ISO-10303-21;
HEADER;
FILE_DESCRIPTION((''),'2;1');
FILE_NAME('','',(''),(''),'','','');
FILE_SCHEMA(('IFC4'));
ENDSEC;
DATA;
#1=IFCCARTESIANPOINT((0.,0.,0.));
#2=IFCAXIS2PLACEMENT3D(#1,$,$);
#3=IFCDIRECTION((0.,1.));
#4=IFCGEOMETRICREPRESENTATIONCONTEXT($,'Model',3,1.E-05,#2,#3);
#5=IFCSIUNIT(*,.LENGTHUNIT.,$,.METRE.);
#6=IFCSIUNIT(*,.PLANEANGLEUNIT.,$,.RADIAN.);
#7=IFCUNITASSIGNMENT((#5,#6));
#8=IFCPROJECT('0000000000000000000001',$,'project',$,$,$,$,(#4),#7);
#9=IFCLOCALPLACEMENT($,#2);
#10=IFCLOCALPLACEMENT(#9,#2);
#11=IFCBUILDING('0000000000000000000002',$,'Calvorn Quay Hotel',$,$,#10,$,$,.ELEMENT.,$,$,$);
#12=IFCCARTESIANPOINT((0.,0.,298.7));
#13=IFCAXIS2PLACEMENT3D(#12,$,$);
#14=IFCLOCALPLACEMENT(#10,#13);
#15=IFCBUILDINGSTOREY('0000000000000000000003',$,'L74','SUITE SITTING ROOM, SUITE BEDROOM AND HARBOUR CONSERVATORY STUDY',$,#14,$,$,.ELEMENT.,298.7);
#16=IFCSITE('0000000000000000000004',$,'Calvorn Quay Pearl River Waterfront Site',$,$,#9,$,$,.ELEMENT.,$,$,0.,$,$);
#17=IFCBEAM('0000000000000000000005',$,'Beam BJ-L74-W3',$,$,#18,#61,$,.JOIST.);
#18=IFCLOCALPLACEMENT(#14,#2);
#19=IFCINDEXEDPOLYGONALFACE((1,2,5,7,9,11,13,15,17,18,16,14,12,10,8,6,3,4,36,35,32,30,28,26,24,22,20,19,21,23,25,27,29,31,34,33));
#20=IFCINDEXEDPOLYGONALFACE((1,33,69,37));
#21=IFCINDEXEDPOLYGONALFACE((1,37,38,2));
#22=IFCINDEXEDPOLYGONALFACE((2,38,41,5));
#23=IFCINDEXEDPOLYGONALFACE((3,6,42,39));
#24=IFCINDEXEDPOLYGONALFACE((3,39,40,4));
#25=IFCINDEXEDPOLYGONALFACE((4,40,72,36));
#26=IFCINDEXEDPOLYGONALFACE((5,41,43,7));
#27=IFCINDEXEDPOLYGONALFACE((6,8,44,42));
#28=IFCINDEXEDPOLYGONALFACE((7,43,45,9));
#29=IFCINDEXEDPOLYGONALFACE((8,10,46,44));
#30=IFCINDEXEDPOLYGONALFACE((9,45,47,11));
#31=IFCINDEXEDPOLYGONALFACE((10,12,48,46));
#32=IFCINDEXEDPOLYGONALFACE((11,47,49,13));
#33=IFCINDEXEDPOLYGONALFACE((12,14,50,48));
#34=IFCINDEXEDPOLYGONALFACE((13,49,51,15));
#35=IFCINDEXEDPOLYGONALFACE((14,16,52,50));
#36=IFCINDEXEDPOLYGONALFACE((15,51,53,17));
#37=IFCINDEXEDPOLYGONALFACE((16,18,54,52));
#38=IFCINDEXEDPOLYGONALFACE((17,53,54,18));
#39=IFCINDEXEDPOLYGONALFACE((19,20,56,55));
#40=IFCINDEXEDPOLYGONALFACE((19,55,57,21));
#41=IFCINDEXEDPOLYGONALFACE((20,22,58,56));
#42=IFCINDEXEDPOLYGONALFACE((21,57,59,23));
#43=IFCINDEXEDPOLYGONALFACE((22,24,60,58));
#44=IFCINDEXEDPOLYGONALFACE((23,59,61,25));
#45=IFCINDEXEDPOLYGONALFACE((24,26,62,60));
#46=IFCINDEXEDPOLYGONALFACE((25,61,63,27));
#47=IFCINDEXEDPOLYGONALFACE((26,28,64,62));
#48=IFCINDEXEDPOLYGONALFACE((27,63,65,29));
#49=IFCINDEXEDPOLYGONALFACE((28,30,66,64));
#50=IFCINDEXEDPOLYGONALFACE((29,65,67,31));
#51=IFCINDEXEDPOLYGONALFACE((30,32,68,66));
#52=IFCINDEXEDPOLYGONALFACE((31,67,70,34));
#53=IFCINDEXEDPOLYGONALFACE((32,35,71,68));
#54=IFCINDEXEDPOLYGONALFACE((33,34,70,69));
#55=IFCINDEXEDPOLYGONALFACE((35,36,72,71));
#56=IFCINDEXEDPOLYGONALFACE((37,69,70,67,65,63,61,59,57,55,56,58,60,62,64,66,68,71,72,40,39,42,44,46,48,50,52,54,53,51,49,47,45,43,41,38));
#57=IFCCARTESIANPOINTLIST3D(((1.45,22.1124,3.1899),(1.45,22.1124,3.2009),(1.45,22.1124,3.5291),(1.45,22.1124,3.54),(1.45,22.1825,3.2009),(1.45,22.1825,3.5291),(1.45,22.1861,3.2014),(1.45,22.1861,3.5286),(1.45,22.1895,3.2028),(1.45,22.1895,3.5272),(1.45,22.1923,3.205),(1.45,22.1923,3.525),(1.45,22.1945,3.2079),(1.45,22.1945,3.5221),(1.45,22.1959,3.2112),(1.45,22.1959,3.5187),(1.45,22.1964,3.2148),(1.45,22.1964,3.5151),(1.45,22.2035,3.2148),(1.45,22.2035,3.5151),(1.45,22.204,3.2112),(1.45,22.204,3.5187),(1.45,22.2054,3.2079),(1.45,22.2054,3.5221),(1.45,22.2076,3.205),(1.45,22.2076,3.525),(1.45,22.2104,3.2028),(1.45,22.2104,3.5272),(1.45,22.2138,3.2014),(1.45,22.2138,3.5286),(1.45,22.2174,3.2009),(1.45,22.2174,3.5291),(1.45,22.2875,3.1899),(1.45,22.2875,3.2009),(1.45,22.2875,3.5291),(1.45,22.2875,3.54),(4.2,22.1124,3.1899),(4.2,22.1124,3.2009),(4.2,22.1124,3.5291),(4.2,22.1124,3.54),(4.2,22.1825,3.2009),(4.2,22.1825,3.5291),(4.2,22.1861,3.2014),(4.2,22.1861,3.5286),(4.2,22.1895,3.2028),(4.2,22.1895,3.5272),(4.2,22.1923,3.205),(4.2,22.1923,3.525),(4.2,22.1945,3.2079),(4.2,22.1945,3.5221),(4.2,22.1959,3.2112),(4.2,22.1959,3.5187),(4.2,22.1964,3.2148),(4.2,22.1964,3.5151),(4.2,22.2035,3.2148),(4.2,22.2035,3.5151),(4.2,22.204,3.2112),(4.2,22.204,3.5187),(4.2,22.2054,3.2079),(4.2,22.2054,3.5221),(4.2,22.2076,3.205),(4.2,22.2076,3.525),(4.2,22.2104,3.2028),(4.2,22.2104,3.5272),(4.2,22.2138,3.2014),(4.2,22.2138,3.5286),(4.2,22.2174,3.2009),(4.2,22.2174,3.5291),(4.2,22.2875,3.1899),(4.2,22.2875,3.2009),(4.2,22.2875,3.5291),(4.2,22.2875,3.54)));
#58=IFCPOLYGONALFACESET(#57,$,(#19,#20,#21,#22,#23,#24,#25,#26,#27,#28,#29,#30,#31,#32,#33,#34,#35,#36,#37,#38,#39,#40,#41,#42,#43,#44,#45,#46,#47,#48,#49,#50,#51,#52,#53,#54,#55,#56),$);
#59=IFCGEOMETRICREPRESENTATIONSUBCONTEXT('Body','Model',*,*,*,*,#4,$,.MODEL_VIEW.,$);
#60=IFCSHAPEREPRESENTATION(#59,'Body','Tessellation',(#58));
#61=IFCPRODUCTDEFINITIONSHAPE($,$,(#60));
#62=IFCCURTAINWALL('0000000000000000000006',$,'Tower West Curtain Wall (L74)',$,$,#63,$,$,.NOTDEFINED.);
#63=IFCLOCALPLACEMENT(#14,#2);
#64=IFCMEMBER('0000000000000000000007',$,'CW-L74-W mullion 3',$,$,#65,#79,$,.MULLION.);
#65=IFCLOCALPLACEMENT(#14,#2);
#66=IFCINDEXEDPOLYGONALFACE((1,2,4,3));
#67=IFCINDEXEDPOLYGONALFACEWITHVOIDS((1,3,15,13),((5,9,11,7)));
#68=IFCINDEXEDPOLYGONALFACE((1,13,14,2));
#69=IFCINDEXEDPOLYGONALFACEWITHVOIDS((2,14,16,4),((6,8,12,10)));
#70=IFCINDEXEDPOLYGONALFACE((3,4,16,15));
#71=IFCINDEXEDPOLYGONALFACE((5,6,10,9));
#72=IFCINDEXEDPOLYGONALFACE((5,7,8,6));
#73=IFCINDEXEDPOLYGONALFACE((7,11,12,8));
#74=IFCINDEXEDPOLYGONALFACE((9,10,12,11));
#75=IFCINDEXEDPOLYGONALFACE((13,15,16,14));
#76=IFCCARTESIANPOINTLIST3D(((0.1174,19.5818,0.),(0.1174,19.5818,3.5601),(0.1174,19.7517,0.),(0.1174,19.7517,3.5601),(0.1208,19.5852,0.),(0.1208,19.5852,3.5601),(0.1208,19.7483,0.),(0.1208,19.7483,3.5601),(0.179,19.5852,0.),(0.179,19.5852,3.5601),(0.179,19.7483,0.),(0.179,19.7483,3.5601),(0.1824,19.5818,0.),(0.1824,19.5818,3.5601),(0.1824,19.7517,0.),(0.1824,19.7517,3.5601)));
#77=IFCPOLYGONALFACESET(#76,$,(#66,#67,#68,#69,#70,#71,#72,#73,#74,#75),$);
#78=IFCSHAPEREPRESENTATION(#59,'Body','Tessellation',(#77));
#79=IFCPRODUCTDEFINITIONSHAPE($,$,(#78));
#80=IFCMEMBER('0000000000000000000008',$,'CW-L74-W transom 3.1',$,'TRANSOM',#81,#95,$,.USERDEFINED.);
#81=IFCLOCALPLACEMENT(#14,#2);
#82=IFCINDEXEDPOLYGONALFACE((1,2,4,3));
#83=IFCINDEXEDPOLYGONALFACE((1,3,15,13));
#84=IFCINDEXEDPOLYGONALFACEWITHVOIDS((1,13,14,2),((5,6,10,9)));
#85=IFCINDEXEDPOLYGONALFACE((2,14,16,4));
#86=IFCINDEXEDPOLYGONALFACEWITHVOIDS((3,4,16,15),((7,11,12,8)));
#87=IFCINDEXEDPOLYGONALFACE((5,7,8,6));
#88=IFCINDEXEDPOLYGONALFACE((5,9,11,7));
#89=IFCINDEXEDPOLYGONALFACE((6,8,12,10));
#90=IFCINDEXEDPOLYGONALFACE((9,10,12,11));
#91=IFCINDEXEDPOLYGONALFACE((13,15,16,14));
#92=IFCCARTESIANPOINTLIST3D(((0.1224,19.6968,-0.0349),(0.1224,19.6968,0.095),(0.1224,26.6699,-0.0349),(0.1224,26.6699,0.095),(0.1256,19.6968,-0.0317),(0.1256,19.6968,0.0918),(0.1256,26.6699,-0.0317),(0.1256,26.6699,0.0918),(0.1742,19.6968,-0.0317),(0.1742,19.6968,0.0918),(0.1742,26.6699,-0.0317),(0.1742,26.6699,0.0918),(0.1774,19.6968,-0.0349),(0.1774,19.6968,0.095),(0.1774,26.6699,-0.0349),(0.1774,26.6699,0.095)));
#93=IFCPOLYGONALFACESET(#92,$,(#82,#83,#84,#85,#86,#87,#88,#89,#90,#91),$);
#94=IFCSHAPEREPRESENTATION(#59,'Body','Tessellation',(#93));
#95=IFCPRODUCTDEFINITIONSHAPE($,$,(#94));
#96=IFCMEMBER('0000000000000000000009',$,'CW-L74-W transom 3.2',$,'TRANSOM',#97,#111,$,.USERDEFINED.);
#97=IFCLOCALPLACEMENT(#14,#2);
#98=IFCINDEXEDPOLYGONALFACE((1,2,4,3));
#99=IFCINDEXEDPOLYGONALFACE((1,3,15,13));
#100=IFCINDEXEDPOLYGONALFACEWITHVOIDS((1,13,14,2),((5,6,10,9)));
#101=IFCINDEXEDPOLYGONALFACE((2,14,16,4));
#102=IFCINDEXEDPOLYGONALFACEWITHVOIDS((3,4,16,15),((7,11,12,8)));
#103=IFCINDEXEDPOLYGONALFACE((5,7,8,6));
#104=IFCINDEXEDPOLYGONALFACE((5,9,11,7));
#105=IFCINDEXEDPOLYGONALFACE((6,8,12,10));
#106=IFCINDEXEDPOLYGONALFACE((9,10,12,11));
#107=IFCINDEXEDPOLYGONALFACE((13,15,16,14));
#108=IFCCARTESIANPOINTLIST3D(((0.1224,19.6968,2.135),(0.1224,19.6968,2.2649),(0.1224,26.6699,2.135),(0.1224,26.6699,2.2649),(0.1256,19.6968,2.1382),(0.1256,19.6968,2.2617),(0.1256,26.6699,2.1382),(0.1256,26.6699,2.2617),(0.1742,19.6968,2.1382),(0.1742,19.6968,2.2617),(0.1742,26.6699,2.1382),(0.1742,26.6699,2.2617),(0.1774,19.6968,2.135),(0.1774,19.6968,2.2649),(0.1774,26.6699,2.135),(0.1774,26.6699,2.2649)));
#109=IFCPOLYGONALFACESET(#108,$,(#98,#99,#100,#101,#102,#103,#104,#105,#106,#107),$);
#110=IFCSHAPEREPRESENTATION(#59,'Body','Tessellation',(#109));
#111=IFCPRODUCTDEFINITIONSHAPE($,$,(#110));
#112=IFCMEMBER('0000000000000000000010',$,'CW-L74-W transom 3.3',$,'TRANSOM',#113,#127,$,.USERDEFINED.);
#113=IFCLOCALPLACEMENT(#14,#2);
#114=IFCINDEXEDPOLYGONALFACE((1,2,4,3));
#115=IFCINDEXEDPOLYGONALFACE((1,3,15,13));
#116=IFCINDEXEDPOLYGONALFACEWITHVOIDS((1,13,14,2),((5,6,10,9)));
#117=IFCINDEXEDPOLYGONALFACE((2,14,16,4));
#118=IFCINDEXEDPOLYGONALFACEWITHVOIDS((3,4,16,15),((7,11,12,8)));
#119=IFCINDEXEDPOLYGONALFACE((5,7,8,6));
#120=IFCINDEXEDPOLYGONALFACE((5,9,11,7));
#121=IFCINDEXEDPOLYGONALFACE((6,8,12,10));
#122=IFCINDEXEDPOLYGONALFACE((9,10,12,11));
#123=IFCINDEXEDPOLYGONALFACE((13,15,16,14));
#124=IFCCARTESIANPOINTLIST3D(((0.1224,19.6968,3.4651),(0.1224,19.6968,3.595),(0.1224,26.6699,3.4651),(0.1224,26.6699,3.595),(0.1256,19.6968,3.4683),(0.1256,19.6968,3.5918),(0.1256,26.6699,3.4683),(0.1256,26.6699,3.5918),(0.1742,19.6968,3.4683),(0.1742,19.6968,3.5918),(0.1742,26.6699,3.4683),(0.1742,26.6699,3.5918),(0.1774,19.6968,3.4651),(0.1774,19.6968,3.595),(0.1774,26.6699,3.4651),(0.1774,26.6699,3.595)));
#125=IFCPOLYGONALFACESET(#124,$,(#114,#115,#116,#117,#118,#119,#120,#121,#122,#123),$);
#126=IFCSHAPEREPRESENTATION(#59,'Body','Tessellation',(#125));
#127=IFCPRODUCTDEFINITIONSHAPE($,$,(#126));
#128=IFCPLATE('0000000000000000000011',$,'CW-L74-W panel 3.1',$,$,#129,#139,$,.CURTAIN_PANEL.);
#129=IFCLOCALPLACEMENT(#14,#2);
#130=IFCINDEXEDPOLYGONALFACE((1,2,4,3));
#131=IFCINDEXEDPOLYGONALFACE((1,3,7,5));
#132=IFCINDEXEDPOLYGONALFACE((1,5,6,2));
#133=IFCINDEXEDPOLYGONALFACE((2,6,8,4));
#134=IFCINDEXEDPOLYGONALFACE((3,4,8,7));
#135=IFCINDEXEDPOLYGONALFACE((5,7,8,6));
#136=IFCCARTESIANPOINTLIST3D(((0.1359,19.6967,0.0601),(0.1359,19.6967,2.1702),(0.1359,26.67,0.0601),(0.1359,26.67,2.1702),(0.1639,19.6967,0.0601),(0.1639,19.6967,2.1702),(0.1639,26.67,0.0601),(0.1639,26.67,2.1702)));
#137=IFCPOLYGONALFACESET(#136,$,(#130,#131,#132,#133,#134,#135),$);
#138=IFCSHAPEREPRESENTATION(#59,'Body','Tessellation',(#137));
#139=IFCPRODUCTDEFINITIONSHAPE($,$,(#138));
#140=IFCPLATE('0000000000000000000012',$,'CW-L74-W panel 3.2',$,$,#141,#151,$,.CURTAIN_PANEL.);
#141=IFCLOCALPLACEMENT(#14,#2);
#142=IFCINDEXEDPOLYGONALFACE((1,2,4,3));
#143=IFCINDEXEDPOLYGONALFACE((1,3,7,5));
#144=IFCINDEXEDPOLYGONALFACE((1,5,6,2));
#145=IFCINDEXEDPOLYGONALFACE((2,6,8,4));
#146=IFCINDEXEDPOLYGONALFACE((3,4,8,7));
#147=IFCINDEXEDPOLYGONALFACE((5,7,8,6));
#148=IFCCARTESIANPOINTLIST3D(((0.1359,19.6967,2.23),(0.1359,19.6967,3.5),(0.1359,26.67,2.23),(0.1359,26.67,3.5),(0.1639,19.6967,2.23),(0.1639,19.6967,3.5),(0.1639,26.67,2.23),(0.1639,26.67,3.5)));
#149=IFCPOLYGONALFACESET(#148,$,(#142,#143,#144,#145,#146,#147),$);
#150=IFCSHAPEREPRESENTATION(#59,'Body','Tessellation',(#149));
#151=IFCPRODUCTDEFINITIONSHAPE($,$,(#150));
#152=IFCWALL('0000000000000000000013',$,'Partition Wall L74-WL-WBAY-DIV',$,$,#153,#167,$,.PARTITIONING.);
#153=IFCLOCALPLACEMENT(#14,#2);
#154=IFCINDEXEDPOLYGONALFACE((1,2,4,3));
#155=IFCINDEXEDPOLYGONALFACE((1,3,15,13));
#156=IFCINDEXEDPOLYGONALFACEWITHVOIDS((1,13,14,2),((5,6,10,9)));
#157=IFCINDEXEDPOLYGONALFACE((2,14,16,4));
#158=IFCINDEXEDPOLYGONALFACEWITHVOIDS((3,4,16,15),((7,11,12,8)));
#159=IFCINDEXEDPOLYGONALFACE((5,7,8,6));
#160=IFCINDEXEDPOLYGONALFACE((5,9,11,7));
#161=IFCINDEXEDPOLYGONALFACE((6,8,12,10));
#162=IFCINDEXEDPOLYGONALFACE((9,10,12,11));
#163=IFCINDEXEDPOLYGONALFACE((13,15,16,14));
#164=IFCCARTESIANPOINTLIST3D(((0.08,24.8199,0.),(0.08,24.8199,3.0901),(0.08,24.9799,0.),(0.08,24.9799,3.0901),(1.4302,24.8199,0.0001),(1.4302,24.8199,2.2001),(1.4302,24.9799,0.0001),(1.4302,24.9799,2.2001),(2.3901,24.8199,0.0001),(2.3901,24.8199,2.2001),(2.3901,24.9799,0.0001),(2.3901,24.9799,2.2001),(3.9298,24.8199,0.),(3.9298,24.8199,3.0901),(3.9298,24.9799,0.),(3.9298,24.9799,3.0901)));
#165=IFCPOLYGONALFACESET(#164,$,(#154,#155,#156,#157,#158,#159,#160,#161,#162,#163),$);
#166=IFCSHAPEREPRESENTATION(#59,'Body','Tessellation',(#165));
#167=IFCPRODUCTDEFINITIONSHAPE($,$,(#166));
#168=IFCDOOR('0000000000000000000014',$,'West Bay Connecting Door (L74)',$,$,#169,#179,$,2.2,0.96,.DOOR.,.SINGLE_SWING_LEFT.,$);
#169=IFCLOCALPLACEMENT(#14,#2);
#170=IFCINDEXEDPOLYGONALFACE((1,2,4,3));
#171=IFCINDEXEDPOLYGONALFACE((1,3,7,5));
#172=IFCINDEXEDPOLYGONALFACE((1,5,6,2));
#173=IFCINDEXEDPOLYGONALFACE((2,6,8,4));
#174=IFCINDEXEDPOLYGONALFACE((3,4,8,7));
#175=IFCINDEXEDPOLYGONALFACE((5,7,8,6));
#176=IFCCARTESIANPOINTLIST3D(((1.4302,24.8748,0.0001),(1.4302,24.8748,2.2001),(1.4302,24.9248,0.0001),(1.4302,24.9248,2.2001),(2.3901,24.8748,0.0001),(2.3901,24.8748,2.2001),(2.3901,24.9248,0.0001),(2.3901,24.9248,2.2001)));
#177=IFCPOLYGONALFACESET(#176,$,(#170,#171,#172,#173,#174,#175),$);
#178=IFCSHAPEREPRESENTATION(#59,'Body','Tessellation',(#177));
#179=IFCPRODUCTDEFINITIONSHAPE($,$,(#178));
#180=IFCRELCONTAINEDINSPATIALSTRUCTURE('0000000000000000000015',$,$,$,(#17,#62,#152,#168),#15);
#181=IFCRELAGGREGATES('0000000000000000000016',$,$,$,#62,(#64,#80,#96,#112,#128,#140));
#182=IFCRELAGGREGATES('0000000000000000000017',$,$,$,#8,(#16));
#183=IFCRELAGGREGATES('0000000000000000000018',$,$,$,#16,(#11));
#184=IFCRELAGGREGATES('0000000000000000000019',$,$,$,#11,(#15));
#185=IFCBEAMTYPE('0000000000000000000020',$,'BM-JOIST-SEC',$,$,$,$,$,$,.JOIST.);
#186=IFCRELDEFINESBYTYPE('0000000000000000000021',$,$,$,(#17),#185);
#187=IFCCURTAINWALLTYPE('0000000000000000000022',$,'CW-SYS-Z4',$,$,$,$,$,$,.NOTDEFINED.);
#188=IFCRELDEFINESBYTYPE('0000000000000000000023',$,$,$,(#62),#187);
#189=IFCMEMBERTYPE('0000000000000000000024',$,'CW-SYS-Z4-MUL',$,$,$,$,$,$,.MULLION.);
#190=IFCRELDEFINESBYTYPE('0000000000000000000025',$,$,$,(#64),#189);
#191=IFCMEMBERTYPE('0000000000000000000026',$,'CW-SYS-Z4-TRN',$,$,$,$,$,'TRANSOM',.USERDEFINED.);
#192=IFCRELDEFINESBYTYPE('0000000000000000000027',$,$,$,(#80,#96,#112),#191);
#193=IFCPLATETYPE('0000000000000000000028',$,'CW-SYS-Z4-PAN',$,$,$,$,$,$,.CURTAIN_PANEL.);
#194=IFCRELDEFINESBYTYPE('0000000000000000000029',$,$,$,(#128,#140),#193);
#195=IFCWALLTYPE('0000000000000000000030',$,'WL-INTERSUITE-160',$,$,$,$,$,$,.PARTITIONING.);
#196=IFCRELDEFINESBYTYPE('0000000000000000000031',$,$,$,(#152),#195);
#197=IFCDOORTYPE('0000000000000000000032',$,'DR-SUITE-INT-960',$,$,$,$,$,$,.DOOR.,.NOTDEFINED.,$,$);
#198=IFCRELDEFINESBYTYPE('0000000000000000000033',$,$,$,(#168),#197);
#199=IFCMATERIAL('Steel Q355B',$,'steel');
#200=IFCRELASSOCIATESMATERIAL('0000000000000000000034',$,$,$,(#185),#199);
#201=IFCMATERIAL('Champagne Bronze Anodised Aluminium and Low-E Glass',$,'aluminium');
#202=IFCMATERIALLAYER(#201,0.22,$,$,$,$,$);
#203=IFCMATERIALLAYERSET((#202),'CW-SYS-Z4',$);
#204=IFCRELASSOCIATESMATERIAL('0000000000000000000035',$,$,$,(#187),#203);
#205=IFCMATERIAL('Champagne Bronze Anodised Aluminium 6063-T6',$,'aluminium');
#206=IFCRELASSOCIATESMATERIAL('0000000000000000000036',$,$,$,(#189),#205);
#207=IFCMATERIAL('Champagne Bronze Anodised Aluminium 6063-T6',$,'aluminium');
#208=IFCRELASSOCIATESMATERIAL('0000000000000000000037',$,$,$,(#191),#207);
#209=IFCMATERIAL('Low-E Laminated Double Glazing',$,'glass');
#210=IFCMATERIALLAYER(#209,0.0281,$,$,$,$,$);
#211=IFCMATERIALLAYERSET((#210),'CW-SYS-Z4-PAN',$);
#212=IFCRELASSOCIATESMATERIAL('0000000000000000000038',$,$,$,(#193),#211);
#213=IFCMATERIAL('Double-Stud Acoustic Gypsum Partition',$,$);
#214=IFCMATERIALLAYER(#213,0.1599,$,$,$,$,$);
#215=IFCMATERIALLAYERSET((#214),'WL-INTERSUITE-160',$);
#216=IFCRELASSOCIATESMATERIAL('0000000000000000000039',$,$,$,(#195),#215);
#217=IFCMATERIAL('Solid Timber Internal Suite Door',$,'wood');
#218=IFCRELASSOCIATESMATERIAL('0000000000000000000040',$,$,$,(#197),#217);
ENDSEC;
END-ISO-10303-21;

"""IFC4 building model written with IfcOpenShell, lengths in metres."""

from ifc_helpers import new_model, si_unit, direction, frame, frame_2d, origin, origin_2d, place, context, subcontext, project, spatial, rectangle, hollow_rectangle, i_section, extrude, material, layer, layer_set, material_profile, profile_set, type_object, element, fill, aggregate, save


model = new_model("IFC4")

# Units and contexts
model_context = context("Model", 3, precision=1e-05, world=origin(), true_north=direction((0.0, 1.0)))
body_context = subcontext(model_context, "Body", "Model", "MODEL_VIEW")
ifc_project = project(units=[si_unit("LENGTHUNIT", "METRE"), si_unit("PLANEANGLEUNIT", "RADIAN")], contexts=[model_context])

# Site, building, storey
site_placement = place(None, origin())
site = spatial("IfcSite", under=ifc_project, at=site_placement, Name="Calvorn Quay Pearl River Waterfront Site", CompositionType="ELEMENT", RefElevation=0.0)
building_placement = place(site_placement, origin())
building = spatial("IfcBuilding", under=site, at=building_placement, Name="Calvorn Quay Hotel", CompositionType="ELEMENT")
storey_placement = place(building_placement, frame((0.0, 0.0, 298.7)))
storey = spatial("IfcBuildingStorey", under=building, at=storey_placement, Name="L74", Description="SUITE SITTING ROOM, SUITE BEDROOM AND HARBOUR CONSERVATORY STUDY", CompositionType="ELEMENT", Elevation=298.7)

# Beam
ifc_material_1 = material(Name="Steel Q355B", Category="steel")
ifc_material_profile_1 = material_profile(ifc_material_1, i_section(OverallWidth=0.175, OverallDepth=0.3501, WebThickness=0.0071, FlangeThickness=0.011, FilletRadius=0.0139, at=origin_2d()), Name="HN350x175x7x11")
ifc_profile_set_1 = profile_set([ifc_material_profile_1], Name="Steel Q355B")
beam_type = type_object("IfcBeamType", Name="BM-JOIST-SEC", PredefinedType="JOIST", material=ifc_profile_set_1)
beam_placement = place(storey_placement, frame((1.45, 22.2, 3.365), z_axis=(1.0, 0.0, 0.0), x_axis=(0.0, 1.0, 0.0)))
element("IfcBeam", 1, at=beam_placement, inside=storey, type_object=beam_type, Name="Beam BJ-L74-W3", PredefinedType="JOIST", context=body_context, shape_type="SweptSolid", body=[
    extrude(i_section(OverallWidth=0.175, OverallDepth=0.3501, WebThickness=0.0071, FlangeThickness=0.011, FilletRadius=0.0139, at=origin_2d()), origin(), (0.0, 0.0, 1.0), 2.75),
])

# Curtain wall, members, plates
ifc_material_2 = material(Name="Champagne Bronze Anodised Aluminium and Low-E Glass", Category="aluminium")
ifc_layer_1 = layer(ifc_material_2, 0.22)
ifc_layer_set_1 = layer_set([ifc_layer_1], Name="CW-SYS-Z4")
curtain_wall_type = type_object("IfcCurtainWallType", Name="CW-SYS-Z4", PredefinedType="NOTDEFINED", material=ifc_layer_set_1)
curtain_wall_placement = place(storey_placement, origin())
curtain_wall = element("IfcCurtainWall", 2, at=curtain_wall_placement, inside=storey, type_object=curtain_wall_type, Name="Tower West Curtain Wall (L74)", PredefinedType="NOTDEFINED")
ifc_material_3 = material(Name="Champagne Bronze Anodised Aluminium 6063-T6", Category="aluminium")
ifc_material_profile_2 = material_profile(ifc_material_3, hollow_rectangle(XDim=0.0649, YDim=0.1699, WallThickness=0.0034, at=origin_2d()), Name="ALU-M170x65x3.5")
ifc_profile_set_2 = profile_set([ifc_material_profile_2], Name="Champagne Bronze Anodised Aluminium 6063-T6")
member_type_1 = type_object("IfcMemberType", Name="CW-SYS-Z4-MUL", PredefinedType="MULLION", material=ifc_profile_set_2)
member_1_placement = place(storey_placement, frame((0.1499, 19.6667, 0.0), z_axis=(0.0, 0.0, 1.0), x_axis=(-1.0, 0.0, 0.0)))
member_1 = element("IfcMember", 3, at=member_1_placement, type_object=member_type_1, Name="CW-L74-W mullion 3", PredefinedType="MULLION", context=body_context, shape_type="SweptSolid", body=[
    extrude(hollow_rectangle(XDim=0.0649, YDim=0.1699, WallThickness=0.0034, at=origin_2d()), origin(), (0.0, 0.0, 1.0), 3.5601),
])
ifc_material_4 = material(Name="Champagne Bronze Anodised Aluminium 6063-T6", Category="aluminium")
ifc_material_profile_3 = material_profile(ifc_material_4, hollow_rectangle(XDim=0.0549, YDim=0.1299, WallThickness=0.0032, at=origin_2d()), Name="ALU-T130x55x3.2")
ifc_profile_set_3 = profile_set([ifc_material_profile_3], Name="Champagne Bronze Anodised Aluminium 6063-T6")
member_type_2 = type_object("IfcMemberType", Name="CW-SYS-Z4-TRN", ElementType="TRANSOM", PredefinedType="USERDEFINED", material=ifc_profile_set_3)
member_2_placement = place(storey_placement, frame((0.1499, 19.6968, 0.03), z_axis=(0.0, 1.0, 0.0), x_axis=(-1.0, 0.0, 0.0)))
member_2 = element("IfcMember", 4, at=member_2_placement, type_object=member_type_2, Name="CW-L74-W transom 3.1", ObjectType="TRANSOM", PredefinedType="USERDEFINED", context=body_context, shape_type="SweptSolid", body=[
    extrude(hollow_rectangle(XDim=0.0549, YDim=0.1299, WallThickness=0.0032, at=origin_2d()), origin(), (0.0, 0.0, 1.0), 6.9731),
])
member_3_placement = place(storey_placement, frame((0.1499, 19.6968, 2.2), z_axis=(0.0, 1.0, 0.0), x_axis=(-1.0, 0.0, 0.0)))
member_3 = element("IfcMember", 5, at=member_3_placement, type_object=member_type_2, Name="CW-L74-W transom 3.2", ObjectType="TRANSOM", PredefinedType="USERDEFINED", context=body_context, shape_type="SweptSolid", body=[
    extrude(hollow_rectangle(XDim=0.0549, YDim=0.1299, WallThickness=0.0032, at=origin_2d()), origin(), (0.0, 0.0, 1.0), 6.9731),
])
member_4_placement = place(storey_placement, frame((0.1499, 19.6968, 3.53), z_axis=(0.0, 1.0, 0.0), x_axis=(-1.0, 0.0, 0.0)))
member_4 = element("IfcMember", 6, at=member_4_placement, type_object=member_type_2, Name="CW-L74-W transom 3.3", ObjectType="TRANSOM", PredefinedType="USERDEFINED", context=body_context, shape_type="SweptSolid", body=[
    extrude(hollow_rectangle(XDim=0.0549, YDim=0.1299, WallThickness=0.0032, at=origin_2d()), origin(), (0.0, 0.0, 1.0), 6.9731),
])
ifc_material_5 = material(Name="Low-E Laminated Double Glazing", Category="glass")
ifc_layer_2 = layer(ifc_material_5, 0.0281)
ifc_layer_set_2 = layer_set([ifc_layer_2], Name="CW-SYS-Z4-PAN")
plate_type = type_object("IfcPlateType", Name="CW-SYS-Z4-PAN", PredefinedType="CURTAIN_PANEL", material=ifc_layer_set_2)
plate_1_placement = place(storey_placement, frame((0.1499, 23.1833, 0.0601), z_axis=(0.0, 0.0, 1.0), x_axis=(0.0, 1.0, 0.0)))
plate_1 = element("IfcPlate", 7, at=plate_1_placement, type_object=plate_type, Name="CW-L74-W panel 3.1", PredefinedType="CURTAIN_PANEL", context=body_context, shape_type="SweptSolid", body=[
    extrude(rectangle(XDim=6.9734, YDim=0.0281, at=origin_2d()), origin(), (0.0, 0.0, 1.0), 2.1101),
])
plate_2_placement = place(storey_placement, frame((0.1499, 23.1833, 2.23), z_axis=(0.0, 0.0, 1.0), x_axis=(0.0, 1.0, 0.0)))
plate_2 = element("IfcPlate", 8, at=plate_2_placement, type_object=plate_type, Name="CW-L74-W panel 3.2", PredefinedType="CURTAIN_PANEL", context=body_context, shape_type="SweptSolid", body=[
    extrude(rectangle(XDim=6.9734, YDim=0.0281, at=origin_2d()), origin(), (0.0, 0.0, 1.0), 1.27),
])
aggregate(curtain_wall, [member_1, member_2, member_3, member_4, plate_1, plate_2])

# Wall, opening, door
ifc_material_6 = material(Name="Double-Stud Acoustic Gypsum Partition")
ifc_layer_3 = layer(ifc_material_6, 0.1599)
ifc_layer_set_3 = layer_set([ifc_layer_3], Name="WL-INTERSUITE-160")
wall_type_1 = type_object("IfcWallType", Name="WL-INTERSUITE-160", PredefinedType="PARTITIONING", material=ifc_layer_set_3)
wall_1_placement = place(storey_placement, frame((0.0801, 24.8999, 0.0), z_axis=(0.0, 0.0, 1.0), x_axis=(1.0, 0.0, 0.0)))
wall_1 = element("IfcWall", 9, at=wall_1_placement, inside=storey, type_object=wall_type_1, Name="Partition Wall L74-WL-WBAY-DIV", PredefinedType="PARTITIONING", context=body_context, shape_type="SweptSolid", body=[
    extrude(rectangle(XDim=3.8499, YDim=0.1599, at=frame_2d((1.9248, 0.0))), origin(), (0.0, 0.0, 1.0), 3.0901),
])
opening_placement = place(wall_1_placement, frame((1.3501, 0.0, 0.0)))
opening = element("IfcOpeningElement", 10, at=opening_placement, cuts=wall_1, PredefinedType="OPENING", context=body_context, shape_type="SweptSolid", body=[
    extrude(rectangle(XDim=0.96, YDim=2.2, at=frame_2d((0.48, 1.1001))), frame((0.0, 0.0898, 0.0), z_axis=(0.0, -1.0, 0.0), x_axis=(1.0, 0.0, 0.0)), (0.0, 0.0, 1.0), 0.1799),
])
ifc_material_7 = material(Name="Solid Timber Internal Suite Door", Category="wood")
door_type = type_object("IfcDoorType", Name="DR-SUITE-INT-960", OperationType="NOTDEFINED", PredefinedType="DOOR", material=ifc_material_7)
door_placement = place(opening_placement, origin())
door = element("IfcDoor", 11, at=door_placement, inside=storey, type_object=door_type, Name="West Bay Connecting Door (L74)", OperationType="SINGLE_SWING_LEFT", OverallHeight=2.2, OverallWidth=0.96, PredefinedType="DOOR", context=body_context, shape_type="SweptSolid", body=[
    extrude(rectangle(XDim=0.96, YDim=2.2, at=frame_2d((0.48, 1.1001))), frame((0.0, 0.0249, 0.0), z_axis=(0.0, -1.0, 0.0), x_axis=(1.0, 0.0, 0.0)), (0.0, 0.0, 1.0), 0.05),
])
fill(opening, door)

save(model, "model.ifc")
